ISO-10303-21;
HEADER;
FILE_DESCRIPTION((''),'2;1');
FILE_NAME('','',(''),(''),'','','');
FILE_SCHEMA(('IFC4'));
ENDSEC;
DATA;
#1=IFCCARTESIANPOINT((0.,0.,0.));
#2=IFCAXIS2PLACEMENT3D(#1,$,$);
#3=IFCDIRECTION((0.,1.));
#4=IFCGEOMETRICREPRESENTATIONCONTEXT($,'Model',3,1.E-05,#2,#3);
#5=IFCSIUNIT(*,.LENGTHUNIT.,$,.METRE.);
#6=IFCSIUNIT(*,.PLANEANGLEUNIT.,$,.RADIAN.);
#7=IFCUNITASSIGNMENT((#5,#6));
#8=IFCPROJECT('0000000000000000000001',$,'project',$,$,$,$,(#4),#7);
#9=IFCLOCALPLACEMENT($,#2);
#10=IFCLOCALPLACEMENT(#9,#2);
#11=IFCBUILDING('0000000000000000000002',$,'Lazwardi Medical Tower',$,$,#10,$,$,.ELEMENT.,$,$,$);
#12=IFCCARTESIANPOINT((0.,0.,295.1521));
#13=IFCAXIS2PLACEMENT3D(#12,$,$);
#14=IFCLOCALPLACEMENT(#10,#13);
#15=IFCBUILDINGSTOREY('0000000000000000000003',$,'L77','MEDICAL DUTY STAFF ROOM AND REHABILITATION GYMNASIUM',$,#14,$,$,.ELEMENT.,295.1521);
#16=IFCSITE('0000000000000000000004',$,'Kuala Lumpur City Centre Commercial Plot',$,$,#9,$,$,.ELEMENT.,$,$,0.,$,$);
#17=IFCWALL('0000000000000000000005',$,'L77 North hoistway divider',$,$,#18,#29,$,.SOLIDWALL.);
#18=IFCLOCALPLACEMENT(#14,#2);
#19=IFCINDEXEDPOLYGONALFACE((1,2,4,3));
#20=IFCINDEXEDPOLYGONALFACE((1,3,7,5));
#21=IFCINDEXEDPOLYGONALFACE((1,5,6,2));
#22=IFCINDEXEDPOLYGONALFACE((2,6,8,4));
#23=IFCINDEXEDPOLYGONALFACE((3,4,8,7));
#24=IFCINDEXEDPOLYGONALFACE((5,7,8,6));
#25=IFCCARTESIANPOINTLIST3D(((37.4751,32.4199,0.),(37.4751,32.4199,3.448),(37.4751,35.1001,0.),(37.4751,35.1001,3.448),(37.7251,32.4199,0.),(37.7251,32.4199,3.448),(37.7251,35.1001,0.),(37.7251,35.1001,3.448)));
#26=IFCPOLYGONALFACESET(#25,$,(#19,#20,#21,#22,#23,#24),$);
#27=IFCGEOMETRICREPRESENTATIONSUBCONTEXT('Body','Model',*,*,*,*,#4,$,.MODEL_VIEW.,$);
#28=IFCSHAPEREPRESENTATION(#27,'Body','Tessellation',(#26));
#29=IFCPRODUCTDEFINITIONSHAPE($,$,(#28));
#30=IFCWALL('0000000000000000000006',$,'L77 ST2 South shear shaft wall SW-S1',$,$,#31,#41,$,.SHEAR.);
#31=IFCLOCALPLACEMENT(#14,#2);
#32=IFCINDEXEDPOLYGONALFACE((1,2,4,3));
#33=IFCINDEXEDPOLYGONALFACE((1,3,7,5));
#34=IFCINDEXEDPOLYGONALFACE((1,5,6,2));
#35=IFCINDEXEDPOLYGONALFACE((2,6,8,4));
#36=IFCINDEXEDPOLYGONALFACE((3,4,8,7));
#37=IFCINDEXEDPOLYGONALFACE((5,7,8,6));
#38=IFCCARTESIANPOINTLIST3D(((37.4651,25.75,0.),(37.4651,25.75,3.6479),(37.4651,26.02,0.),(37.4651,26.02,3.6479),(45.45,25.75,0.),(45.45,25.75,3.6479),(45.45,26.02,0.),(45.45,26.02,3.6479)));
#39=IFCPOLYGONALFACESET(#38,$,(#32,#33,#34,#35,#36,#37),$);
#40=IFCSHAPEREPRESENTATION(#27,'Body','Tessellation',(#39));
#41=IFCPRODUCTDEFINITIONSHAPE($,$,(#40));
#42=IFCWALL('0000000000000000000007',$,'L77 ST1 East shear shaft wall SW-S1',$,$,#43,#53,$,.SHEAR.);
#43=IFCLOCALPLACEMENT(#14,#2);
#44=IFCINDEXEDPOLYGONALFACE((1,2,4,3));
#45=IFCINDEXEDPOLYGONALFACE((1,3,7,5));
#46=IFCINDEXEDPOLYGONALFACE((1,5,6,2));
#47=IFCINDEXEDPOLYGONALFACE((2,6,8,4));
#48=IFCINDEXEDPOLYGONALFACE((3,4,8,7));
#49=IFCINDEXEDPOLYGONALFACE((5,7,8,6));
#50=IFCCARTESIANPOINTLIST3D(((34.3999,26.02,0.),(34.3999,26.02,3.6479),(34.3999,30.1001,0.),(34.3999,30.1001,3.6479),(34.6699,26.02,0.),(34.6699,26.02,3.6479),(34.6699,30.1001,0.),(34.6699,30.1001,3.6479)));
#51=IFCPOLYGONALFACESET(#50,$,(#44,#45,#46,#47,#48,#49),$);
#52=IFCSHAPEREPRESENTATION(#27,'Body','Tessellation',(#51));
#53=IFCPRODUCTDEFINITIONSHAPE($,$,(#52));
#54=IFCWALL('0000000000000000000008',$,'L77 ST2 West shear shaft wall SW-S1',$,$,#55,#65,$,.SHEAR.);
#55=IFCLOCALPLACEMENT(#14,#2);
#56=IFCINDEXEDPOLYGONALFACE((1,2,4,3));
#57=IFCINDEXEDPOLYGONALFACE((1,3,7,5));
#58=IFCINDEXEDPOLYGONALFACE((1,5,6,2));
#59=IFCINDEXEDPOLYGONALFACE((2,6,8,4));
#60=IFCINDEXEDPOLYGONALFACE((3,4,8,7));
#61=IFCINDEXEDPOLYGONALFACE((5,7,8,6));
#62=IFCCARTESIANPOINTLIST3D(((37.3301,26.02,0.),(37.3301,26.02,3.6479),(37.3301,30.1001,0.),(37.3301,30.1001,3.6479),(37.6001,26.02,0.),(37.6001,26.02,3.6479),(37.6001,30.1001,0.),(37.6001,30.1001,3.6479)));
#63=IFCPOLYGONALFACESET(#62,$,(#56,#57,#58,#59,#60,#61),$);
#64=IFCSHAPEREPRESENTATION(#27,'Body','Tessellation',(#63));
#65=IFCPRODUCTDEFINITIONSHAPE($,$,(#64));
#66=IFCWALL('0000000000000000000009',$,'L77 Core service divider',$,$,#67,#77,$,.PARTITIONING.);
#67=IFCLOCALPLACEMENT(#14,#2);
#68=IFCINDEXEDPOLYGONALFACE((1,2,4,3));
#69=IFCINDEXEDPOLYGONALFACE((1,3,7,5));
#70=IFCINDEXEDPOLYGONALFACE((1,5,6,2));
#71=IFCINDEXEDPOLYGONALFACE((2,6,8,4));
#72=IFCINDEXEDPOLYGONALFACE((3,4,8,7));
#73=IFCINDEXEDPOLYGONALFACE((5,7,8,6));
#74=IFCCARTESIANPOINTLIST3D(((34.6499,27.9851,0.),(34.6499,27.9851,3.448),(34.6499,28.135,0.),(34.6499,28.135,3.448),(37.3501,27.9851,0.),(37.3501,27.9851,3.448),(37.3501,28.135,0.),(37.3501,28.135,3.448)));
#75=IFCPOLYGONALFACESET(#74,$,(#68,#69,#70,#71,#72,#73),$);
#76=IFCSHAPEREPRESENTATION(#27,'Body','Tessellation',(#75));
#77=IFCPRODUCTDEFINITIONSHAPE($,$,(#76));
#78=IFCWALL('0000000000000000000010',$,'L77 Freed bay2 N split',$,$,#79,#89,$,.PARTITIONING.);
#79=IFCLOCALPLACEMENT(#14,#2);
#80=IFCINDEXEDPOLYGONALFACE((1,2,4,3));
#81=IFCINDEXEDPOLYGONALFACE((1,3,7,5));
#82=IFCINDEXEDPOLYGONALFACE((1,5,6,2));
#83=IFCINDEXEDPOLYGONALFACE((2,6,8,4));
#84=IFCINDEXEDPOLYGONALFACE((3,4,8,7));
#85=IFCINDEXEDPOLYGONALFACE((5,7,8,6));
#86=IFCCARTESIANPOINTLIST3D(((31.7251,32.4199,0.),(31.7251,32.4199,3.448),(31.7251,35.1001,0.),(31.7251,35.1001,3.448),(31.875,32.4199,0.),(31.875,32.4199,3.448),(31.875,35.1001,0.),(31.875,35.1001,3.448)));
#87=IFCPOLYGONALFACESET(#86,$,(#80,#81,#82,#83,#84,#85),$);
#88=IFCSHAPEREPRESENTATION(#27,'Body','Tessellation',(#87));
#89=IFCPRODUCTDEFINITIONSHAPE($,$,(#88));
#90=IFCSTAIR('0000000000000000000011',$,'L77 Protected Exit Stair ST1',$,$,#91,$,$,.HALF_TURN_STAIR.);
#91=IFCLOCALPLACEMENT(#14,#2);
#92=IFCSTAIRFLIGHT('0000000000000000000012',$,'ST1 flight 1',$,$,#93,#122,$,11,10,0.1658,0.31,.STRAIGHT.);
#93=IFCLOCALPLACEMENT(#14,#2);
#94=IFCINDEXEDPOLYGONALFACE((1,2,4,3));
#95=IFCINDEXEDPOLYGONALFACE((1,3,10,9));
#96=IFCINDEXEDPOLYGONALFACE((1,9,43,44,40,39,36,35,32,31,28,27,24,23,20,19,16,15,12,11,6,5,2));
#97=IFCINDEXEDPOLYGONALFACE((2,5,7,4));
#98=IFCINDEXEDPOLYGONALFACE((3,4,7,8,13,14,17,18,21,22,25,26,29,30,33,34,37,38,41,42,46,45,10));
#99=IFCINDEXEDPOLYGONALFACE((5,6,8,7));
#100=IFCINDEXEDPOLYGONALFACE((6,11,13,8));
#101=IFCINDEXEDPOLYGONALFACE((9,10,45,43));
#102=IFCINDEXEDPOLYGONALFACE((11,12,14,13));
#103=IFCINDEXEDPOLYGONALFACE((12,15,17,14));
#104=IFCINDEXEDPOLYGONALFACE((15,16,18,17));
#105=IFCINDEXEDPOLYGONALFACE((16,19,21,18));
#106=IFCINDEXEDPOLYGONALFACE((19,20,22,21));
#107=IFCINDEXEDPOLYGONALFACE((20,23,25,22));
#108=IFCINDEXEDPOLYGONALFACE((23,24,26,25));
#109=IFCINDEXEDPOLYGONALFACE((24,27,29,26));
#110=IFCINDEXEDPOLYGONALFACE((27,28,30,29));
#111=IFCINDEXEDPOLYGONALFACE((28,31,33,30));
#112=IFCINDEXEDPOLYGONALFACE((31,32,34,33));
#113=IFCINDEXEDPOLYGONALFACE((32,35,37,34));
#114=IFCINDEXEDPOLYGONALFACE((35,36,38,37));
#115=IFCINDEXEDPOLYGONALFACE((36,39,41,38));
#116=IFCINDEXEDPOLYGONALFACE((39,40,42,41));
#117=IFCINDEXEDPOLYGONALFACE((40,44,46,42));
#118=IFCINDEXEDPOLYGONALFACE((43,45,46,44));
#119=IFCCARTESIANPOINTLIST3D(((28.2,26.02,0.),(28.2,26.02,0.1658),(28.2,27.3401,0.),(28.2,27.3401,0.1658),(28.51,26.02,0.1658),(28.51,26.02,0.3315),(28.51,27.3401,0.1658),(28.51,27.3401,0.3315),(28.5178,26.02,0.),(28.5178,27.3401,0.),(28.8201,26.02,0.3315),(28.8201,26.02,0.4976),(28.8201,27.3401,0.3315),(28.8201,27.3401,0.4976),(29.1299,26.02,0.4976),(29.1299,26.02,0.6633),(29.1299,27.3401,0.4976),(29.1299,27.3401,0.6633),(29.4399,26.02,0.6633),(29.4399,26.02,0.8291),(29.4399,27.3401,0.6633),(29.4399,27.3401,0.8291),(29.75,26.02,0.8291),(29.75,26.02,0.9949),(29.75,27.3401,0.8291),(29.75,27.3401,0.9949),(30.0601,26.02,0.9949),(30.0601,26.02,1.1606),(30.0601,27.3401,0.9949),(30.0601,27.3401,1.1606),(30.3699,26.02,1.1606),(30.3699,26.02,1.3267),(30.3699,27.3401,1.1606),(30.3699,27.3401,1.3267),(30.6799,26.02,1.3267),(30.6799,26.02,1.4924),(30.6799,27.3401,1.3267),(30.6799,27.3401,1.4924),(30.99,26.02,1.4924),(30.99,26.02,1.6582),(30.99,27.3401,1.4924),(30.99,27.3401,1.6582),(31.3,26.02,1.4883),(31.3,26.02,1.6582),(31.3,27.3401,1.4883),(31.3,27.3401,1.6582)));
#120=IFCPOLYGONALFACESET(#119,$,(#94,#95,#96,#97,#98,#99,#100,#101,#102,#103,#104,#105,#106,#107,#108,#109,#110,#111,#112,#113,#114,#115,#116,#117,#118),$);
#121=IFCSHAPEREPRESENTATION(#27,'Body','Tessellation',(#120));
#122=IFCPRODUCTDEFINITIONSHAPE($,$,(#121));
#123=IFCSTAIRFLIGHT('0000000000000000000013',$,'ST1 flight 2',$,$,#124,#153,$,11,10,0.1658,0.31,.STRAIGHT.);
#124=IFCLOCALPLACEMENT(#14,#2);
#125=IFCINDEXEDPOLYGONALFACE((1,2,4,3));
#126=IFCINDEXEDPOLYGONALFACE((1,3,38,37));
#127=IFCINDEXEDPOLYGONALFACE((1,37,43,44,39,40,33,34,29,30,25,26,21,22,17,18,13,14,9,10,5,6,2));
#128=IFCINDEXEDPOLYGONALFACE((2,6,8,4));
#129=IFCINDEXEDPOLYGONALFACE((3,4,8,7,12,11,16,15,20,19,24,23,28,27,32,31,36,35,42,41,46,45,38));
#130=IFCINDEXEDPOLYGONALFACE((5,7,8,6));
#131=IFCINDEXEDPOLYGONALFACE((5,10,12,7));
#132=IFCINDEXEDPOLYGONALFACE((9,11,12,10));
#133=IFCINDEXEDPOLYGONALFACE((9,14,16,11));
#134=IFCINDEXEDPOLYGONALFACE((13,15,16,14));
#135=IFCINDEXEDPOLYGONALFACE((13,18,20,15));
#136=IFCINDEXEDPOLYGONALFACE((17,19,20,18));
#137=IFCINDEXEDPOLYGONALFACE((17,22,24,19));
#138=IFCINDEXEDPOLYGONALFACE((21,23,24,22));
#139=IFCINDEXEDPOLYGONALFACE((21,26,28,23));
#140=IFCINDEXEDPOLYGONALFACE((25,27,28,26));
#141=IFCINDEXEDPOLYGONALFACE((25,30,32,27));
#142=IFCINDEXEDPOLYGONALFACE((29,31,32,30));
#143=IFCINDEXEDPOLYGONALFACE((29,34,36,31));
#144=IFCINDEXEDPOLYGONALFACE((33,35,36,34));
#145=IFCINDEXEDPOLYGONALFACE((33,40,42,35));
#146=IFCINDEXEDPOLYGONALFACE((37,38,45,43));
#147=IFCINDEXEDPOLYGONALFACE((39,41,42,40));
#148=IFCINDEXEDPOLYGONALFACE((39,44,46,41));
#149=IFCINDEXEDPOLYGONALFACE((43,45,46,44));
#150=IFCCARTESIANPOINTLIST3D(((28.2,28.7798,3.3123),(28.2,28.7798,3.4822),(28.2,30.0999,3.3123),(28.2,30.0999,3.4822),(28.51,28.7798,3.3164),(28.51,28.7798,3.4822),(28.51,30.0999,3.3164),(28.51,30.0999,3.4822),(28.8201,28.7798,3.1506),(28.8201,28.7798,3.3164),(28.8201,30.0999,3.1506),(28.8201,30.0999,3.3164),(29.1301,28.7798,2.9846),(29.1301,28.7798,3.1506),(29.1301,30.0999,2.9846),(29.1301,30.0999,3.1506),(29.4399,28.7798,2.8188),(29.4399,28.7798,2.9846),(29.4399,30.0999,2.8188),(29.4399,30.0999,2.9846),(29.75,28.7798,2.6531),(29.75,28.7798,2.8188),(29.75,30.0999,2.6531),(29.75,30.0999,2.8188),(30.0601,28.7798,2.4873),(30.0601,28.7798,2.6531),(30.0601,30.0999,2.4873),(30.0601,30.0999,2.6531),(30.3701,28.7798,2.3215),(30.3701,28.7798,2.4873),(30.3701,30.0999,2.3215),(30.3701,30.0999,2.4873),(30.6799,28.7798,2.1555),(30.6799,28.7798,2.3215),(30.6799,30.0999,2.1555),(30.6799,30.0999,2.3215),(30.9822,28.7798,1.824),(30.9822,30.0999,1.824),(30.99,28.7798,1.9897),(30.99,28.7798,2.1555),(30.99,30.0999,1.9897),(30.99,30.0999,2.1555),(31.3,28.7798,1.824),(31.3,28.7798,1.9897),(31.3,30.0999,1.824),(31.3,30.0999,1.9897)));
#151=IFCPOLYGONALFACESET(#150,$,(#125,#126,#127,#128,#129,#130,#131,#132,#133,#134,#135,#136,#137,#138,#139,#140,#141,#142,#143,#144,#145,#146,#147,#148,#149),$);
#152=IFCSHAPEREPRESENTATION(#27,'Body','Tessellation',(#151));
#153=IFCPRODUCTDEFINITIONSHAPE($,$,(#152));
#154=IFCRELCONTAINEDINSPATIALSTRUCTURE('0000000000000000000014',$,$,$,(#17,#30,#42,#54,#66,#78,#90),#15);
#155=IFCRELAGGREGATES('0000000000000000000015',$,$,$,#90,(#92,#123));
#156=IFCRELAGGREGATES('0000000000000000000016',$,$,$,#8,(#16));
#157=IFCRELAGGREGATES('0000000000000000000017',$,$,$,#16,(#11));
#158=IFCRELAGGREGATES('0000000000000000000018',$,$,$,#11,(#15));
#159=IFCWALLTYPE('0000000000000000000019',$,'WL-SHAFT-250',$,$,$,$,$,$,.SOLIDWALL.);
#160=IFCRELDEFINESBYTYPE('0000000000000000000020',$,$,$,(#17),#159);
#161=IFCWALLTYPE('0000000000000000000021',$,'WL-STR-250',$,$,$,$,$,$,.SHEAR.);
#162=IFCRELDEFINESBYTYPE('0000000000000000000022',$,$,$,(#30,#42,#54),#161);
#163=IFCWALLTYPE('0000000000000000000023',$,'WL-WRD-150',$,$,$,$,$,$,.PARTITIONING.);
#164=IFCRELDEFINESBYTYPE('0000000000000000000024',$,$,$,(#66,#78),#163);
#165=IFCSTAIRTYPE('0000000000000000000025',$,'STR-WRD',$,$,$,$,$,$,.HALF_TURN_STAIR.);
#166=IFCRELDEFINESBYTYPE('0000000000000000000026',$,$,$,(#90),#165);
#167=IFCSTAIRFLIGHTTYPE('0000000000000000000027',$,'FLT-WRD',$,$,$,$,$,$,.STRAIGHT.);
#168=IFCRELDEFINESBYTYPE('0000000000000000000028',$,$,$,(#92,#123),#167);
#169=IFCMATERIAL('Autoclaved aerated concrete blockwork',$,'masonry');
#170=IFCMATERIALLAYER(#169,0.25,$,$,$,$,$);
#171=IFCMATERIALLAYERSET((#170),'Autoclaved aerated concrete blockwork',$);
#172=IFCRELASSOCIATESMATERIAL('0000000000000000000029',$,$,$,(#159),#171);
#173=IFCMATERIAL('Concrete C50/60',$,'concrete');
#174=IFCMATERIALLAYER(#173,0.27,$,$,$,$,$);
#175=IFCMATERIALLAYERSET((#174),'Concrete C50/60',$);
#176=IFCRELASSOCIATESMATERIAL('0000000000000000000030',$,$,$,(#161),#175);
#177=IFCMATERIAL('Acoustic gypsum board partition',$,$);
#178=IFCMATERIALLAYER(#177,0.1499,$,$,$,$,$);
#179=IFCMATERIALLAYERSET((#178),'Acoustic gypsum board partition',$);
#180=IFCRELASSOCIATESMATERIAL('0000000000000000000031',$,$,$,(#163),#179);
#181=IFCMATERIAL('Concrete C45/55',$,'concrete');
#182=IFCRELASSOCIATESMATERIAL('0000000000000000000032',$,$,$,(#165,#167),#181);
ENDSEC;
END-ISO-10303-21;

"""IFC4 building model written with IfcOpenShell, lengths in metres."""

from ifc_helpers import new_model, si_unit, direction, frame, frame_2d, origin, place, context, subcontext, project, spatial, polyline, rectangle, outline, extrude, material, layer, layer_set, type_object, element, aggregate, save


model = new_model("IFC4")

# Units and contexts
model_context = context("Model", 3, precision=1e-05, world=origin(), true_north=direction((0.0, 1.0)))
body_context = subcontext(model_context, "Body", "Model", "MODEL_VIEW")
ifc_project = project(units=[si_unit("LENGTHUNIT", "METRE"), si_unit("PLANEANGLEUNIT", "RADIAN")], contexts=[model_context])

# Site, building, storey
site_placement = place(None, origin())
site = spatial("IfcSite", under=ifc_project, at=site_placement, Name="Kuala Lumpur City Centre Commercial Plot", CompositionType="ELEMENT", RefElevation=0.0)
building_placement = place(site_placement, origin())
building = spatial("IfcBuilding", under=site, at=building_placement, Name="Lazwardi Medical Tower", CompositionType="ELEMENT")
storey_placement = place(building_placement, frame((0.0, 0.0, 295.1521)))
storey = spatial("IfcBuildingStorey", under=building, at=storey_placement, Name="L77", Description="MEDICAL DUTY STAFF ROOM AND REHABILITATION GYMNASIUM", CompositionType="ELEMENT", Elevation=295.1521)

# Wall
ifc_material_1 = material(Name="Autoclaved aerated concrete blockwork", Category="masonry")
ifc_layer_1 = layer(ifc_material_1, 0.25)
ifc_layer_set_1 = layer_set([ifc_layer_1], Name="Autoclaved aerated concrete blockwork")
wall_type_1 = type_object("IfcWallType", Name="WL-SHAFT-250", PredefinedType="SOLIDWALL", material=ifc_layer_set_1)
wall_1_placement = place(storey_placement, frame((37.6001, 32.4199, 0.0), z_axis=(0.0, 0.0, 1.0), x_axis=(0.0, 1.0, 0.0)))
element("IfcWall", 1, at=wall_1_placement, inside=storey, type_object=wall_type_1, Name="L77 North hoistway divider", PredefinedType="SOLIDWALL", context=body_context, shape_type="SweptSolid", body=[
    extrude(rectangle(XDim=2.6802, YDim=0.25, at=frame_2d((1.3401, 0.0))), origin(), (0.0, 0.0, 1.0), 3.448),
])

# Shared definitions
ifc_material_2 = material(Name="Concrete C50/60", Category="concrete")
ifc_layer_2 = layer(ifc_material_2, 0.27)
ifc_layer_set_2 = layer_set([ifc_layer_2], Name="Concrete C50/60")
wall_type_2 = type_object("IfcWallType", Name="WL-STR-250", PredefinedType="SHEAR", material=ifc_layer_set_2)

# Walls
wall_2_placement = place(storey_placement, frame((37.4651, 25.885, 0.0), z_axis=(0.0, 0.0, 1.0), x_axis=(1.0, 0.0, 0.0)))
element("IfcWall", 2, at=wall_2_placement, inside=storey, type_object=wall_type_2, Name="L77 ST2 South shear shaft wall SW-S1", PredefinedType="SHEAR", context=body_context, shape_type="SweptSolid", body=[
    extrude(rectangle(XDim=7.9849, YDim=0.27, at=frame_2d((3.9924, 0.0))), origin(), (0.0, 0.0, 1.0), 3.6479),
])
for number, where, z_axis, x_axis, name in (
    (3, (34.5349, 26.02, 0.0), (0.0, 0.0, 1.0), (0.0, 1.0, 0.0), "L77 ST1 East shear shaft wall SW-S1"),
    (4, (37.4651, 26.02, 0.0), (0.0, 0.0, 1.0), (0.0, 1.0, 0.0), "L77 ST2 West shear shaft wall SW-S1"),
):
    element("IfcWall", number, at=place(storey_placement, frame(where, z_axis=z_axis, x_axis=x_axis)), inside=storey, type_object=wall_type_2, Name=name, PredefinedType="SHEAR", context=body_context, shape_type="SweptSolid", body=[
        extrude(rectangle(XDim=4.0801, YDim=0.27, at=frame_2d((2.04, 0.0))), origin(), (0.0, 0.0, 1.0), 3.6479),
    ])
ifc_material_3 = material(Name="Acoustic gypsum board partition")
ifc_layer_3 = layer(ifc_material_3, 0.1499)
ifc_layer_set_3 = layer_set([ifc_layer_3], Name="Acoustic gypsum board partition")
wall_type_3 = type_object("IfcWallType", Name="WL-WRD-150", PredefinedType="PARTITIONING", material=ifc_layer_set_3)
wall_3_placement = place(storey_placement, frame((34.6499, 28.0601, 0.0), z_axis=(0.0, 0.0, 1.0), x_axis=(1.0, 0.0, 0.0)))
element("IfcWall", 5, at=wall_3_placement, inside=storey, type_object=wall_type_3, Name="L77 Core service divider", PredefinedType="PARTITIONING", context=body_context, shape_type="SweptSolid", body=[
    extrude(rectangle(XDim=2.7002, YDim=0.1499, at=frame_2d((1.3501, 0.0))), origin(), (0.0, 0.0, 1.0), 3.448),
])
wall_4_placement = place(storey_placement, frame((31.8, 32.4199, 0.0), z_axis=(0.0, 0.0, 1.0), x_axis=(0.0, 1.0, 0.0)))
element("IfcWall", 6, at=wall_4_placement, inside=storey, type_object=wall_type_3, Name="L77 Freed bay2 N split", PredefinedType="PARTITIONING", context=body_context, shape_type="SweptSolid", body=[
    extrude(rectangle(XDim=2.6802, YDim=0.1499, at=frame_2d((1.3401, 0.0))), origin(), (0.0, 0.0, 1.0), 3.448),
])

# Stair, stair flights
ifc_material_4 = material(Name="Concrete C45/55", Category="concrete")
stair_type = type_object("IfcStairType", Name="STR-WRD", PredefinedType="HALF_TURN_STAIR", material=ifc_material_4)
stair_placement = place(storey_placement, origin())
stair = element("IfcStair", 7, at=stair_placement, inside=storey, type_object=stair_type, Name="L77 Protected Exit Stair ST1", PredefinedType="HALF_TURN_STAIR")
stair_flight_type = type_object("IfcStairFlightType", Name="FLT-WRD", PredefinedType="STRAIGHT", material=ifc_material_4)
stair_flight_1_placement = place(storey_placement, frame((28.2, 26.6799, 0.0), z_axis=(0.0, 0.0, 1.0), x_axis=(1.0, 0.0, 0.0)))
stair_flight_1 = element("IfcStairFlight", 8, at=stair_flight_1_placement, type_object=stair_flight_type, Name="ST1 flight 1", NumberOfRisers=11, NumberOfTreads=10, PredefinedType="STRAIGHT", RiserHeight=0.1658, TreadLength=0.31, context=body_context, shape_type="SweptSolid", body=[
    extrude(outline(polyline([(0.0, 0.0), (0.0, 0.1658), (0.3101, 0.1658), (0.3101, 0.3315), (0.6201, 0.3315), (0.6201, 0.4976), (0.9299, 0.4976), (0.9299, 0.6633), (1.24, 0.6633), (1.24, 0.8291), (1.55, 0.8291), (1.55, 0.9949), (1.8601, 0.9949), (1.8601, 1.1606), (2.1699, 1.1606), (2.1699, 1.3267), (2.48, 1.3267), (2.48, 1.4924), (2.79, 1.4924), (2.79, 1.6582), (3.1001, 1.6582), (3.1001, 1.824), (3.1001, 1.4883), (0.3179, 0.0), (0.0, 0.0)])), frame((0.0, 0.6602, 0.0), z_axis=(0.0, -1.0, 0.0), x_axis=(1.0, 0.0, 0.0)), (0.0, 0.0, 1.0), 1.3201),
])
stair_flight_2_placement = place(storey_placement, frame((31.3, 29.4399, 1.824), z_axis=(0.0, 0.0, 1.0), x_axis=(-1.0, 0.0, 0.0)))
stair_flight_2 = element("IfcStairFlight", 9, at=stair_flight_2_placement, type_object=stair_flight_type, Name="ST1 flight 2", NumberOfRisers=11, NumberOfTreads=10, PredefinedType="STRAIGHT", RiserHeight=0.1658, TreadLength=0.31, context=body_context, shape_type="SweptSolid", body=[
    extrude(outline(polyline([(0.0, 0.0), (0.0, 0.1658), (0.3101, 0.1658), (0.3101, 0.3315), (0.6201, 0.3315), (0.6201, 0.4976), (0.9299, 0.4976), (0.9299, 0.6633), (1.24, 0.6633), (1.24, 0.8291), (1.55, 0.8291), (1.55, 0.9949), (1.8601, 0.9949), (1.8601, 1.1606), (2.1699, 1.1606), (2.1699, 1.3267), (2.48, 1.3267), (2.48, 1.4924), (2.79, 1.4924), (2.79, 1.6582), (3.1001, 1.6582), (3.1001, 1.824), (3.1001, 1.4883), (0.3179, 0.0), (0.0, 0.0)])), frame((0.0, 0.6602, 0.0), z_axis=(0.0, -1.0, 0.0), x_axis=(1.0, 0.0, 0.0)), (0.0, 0.0, 1.0), 1.3201),
])
aggregate(stair, [stair_flight_1, stair_flight_2])

save(model, "model.ifc")
